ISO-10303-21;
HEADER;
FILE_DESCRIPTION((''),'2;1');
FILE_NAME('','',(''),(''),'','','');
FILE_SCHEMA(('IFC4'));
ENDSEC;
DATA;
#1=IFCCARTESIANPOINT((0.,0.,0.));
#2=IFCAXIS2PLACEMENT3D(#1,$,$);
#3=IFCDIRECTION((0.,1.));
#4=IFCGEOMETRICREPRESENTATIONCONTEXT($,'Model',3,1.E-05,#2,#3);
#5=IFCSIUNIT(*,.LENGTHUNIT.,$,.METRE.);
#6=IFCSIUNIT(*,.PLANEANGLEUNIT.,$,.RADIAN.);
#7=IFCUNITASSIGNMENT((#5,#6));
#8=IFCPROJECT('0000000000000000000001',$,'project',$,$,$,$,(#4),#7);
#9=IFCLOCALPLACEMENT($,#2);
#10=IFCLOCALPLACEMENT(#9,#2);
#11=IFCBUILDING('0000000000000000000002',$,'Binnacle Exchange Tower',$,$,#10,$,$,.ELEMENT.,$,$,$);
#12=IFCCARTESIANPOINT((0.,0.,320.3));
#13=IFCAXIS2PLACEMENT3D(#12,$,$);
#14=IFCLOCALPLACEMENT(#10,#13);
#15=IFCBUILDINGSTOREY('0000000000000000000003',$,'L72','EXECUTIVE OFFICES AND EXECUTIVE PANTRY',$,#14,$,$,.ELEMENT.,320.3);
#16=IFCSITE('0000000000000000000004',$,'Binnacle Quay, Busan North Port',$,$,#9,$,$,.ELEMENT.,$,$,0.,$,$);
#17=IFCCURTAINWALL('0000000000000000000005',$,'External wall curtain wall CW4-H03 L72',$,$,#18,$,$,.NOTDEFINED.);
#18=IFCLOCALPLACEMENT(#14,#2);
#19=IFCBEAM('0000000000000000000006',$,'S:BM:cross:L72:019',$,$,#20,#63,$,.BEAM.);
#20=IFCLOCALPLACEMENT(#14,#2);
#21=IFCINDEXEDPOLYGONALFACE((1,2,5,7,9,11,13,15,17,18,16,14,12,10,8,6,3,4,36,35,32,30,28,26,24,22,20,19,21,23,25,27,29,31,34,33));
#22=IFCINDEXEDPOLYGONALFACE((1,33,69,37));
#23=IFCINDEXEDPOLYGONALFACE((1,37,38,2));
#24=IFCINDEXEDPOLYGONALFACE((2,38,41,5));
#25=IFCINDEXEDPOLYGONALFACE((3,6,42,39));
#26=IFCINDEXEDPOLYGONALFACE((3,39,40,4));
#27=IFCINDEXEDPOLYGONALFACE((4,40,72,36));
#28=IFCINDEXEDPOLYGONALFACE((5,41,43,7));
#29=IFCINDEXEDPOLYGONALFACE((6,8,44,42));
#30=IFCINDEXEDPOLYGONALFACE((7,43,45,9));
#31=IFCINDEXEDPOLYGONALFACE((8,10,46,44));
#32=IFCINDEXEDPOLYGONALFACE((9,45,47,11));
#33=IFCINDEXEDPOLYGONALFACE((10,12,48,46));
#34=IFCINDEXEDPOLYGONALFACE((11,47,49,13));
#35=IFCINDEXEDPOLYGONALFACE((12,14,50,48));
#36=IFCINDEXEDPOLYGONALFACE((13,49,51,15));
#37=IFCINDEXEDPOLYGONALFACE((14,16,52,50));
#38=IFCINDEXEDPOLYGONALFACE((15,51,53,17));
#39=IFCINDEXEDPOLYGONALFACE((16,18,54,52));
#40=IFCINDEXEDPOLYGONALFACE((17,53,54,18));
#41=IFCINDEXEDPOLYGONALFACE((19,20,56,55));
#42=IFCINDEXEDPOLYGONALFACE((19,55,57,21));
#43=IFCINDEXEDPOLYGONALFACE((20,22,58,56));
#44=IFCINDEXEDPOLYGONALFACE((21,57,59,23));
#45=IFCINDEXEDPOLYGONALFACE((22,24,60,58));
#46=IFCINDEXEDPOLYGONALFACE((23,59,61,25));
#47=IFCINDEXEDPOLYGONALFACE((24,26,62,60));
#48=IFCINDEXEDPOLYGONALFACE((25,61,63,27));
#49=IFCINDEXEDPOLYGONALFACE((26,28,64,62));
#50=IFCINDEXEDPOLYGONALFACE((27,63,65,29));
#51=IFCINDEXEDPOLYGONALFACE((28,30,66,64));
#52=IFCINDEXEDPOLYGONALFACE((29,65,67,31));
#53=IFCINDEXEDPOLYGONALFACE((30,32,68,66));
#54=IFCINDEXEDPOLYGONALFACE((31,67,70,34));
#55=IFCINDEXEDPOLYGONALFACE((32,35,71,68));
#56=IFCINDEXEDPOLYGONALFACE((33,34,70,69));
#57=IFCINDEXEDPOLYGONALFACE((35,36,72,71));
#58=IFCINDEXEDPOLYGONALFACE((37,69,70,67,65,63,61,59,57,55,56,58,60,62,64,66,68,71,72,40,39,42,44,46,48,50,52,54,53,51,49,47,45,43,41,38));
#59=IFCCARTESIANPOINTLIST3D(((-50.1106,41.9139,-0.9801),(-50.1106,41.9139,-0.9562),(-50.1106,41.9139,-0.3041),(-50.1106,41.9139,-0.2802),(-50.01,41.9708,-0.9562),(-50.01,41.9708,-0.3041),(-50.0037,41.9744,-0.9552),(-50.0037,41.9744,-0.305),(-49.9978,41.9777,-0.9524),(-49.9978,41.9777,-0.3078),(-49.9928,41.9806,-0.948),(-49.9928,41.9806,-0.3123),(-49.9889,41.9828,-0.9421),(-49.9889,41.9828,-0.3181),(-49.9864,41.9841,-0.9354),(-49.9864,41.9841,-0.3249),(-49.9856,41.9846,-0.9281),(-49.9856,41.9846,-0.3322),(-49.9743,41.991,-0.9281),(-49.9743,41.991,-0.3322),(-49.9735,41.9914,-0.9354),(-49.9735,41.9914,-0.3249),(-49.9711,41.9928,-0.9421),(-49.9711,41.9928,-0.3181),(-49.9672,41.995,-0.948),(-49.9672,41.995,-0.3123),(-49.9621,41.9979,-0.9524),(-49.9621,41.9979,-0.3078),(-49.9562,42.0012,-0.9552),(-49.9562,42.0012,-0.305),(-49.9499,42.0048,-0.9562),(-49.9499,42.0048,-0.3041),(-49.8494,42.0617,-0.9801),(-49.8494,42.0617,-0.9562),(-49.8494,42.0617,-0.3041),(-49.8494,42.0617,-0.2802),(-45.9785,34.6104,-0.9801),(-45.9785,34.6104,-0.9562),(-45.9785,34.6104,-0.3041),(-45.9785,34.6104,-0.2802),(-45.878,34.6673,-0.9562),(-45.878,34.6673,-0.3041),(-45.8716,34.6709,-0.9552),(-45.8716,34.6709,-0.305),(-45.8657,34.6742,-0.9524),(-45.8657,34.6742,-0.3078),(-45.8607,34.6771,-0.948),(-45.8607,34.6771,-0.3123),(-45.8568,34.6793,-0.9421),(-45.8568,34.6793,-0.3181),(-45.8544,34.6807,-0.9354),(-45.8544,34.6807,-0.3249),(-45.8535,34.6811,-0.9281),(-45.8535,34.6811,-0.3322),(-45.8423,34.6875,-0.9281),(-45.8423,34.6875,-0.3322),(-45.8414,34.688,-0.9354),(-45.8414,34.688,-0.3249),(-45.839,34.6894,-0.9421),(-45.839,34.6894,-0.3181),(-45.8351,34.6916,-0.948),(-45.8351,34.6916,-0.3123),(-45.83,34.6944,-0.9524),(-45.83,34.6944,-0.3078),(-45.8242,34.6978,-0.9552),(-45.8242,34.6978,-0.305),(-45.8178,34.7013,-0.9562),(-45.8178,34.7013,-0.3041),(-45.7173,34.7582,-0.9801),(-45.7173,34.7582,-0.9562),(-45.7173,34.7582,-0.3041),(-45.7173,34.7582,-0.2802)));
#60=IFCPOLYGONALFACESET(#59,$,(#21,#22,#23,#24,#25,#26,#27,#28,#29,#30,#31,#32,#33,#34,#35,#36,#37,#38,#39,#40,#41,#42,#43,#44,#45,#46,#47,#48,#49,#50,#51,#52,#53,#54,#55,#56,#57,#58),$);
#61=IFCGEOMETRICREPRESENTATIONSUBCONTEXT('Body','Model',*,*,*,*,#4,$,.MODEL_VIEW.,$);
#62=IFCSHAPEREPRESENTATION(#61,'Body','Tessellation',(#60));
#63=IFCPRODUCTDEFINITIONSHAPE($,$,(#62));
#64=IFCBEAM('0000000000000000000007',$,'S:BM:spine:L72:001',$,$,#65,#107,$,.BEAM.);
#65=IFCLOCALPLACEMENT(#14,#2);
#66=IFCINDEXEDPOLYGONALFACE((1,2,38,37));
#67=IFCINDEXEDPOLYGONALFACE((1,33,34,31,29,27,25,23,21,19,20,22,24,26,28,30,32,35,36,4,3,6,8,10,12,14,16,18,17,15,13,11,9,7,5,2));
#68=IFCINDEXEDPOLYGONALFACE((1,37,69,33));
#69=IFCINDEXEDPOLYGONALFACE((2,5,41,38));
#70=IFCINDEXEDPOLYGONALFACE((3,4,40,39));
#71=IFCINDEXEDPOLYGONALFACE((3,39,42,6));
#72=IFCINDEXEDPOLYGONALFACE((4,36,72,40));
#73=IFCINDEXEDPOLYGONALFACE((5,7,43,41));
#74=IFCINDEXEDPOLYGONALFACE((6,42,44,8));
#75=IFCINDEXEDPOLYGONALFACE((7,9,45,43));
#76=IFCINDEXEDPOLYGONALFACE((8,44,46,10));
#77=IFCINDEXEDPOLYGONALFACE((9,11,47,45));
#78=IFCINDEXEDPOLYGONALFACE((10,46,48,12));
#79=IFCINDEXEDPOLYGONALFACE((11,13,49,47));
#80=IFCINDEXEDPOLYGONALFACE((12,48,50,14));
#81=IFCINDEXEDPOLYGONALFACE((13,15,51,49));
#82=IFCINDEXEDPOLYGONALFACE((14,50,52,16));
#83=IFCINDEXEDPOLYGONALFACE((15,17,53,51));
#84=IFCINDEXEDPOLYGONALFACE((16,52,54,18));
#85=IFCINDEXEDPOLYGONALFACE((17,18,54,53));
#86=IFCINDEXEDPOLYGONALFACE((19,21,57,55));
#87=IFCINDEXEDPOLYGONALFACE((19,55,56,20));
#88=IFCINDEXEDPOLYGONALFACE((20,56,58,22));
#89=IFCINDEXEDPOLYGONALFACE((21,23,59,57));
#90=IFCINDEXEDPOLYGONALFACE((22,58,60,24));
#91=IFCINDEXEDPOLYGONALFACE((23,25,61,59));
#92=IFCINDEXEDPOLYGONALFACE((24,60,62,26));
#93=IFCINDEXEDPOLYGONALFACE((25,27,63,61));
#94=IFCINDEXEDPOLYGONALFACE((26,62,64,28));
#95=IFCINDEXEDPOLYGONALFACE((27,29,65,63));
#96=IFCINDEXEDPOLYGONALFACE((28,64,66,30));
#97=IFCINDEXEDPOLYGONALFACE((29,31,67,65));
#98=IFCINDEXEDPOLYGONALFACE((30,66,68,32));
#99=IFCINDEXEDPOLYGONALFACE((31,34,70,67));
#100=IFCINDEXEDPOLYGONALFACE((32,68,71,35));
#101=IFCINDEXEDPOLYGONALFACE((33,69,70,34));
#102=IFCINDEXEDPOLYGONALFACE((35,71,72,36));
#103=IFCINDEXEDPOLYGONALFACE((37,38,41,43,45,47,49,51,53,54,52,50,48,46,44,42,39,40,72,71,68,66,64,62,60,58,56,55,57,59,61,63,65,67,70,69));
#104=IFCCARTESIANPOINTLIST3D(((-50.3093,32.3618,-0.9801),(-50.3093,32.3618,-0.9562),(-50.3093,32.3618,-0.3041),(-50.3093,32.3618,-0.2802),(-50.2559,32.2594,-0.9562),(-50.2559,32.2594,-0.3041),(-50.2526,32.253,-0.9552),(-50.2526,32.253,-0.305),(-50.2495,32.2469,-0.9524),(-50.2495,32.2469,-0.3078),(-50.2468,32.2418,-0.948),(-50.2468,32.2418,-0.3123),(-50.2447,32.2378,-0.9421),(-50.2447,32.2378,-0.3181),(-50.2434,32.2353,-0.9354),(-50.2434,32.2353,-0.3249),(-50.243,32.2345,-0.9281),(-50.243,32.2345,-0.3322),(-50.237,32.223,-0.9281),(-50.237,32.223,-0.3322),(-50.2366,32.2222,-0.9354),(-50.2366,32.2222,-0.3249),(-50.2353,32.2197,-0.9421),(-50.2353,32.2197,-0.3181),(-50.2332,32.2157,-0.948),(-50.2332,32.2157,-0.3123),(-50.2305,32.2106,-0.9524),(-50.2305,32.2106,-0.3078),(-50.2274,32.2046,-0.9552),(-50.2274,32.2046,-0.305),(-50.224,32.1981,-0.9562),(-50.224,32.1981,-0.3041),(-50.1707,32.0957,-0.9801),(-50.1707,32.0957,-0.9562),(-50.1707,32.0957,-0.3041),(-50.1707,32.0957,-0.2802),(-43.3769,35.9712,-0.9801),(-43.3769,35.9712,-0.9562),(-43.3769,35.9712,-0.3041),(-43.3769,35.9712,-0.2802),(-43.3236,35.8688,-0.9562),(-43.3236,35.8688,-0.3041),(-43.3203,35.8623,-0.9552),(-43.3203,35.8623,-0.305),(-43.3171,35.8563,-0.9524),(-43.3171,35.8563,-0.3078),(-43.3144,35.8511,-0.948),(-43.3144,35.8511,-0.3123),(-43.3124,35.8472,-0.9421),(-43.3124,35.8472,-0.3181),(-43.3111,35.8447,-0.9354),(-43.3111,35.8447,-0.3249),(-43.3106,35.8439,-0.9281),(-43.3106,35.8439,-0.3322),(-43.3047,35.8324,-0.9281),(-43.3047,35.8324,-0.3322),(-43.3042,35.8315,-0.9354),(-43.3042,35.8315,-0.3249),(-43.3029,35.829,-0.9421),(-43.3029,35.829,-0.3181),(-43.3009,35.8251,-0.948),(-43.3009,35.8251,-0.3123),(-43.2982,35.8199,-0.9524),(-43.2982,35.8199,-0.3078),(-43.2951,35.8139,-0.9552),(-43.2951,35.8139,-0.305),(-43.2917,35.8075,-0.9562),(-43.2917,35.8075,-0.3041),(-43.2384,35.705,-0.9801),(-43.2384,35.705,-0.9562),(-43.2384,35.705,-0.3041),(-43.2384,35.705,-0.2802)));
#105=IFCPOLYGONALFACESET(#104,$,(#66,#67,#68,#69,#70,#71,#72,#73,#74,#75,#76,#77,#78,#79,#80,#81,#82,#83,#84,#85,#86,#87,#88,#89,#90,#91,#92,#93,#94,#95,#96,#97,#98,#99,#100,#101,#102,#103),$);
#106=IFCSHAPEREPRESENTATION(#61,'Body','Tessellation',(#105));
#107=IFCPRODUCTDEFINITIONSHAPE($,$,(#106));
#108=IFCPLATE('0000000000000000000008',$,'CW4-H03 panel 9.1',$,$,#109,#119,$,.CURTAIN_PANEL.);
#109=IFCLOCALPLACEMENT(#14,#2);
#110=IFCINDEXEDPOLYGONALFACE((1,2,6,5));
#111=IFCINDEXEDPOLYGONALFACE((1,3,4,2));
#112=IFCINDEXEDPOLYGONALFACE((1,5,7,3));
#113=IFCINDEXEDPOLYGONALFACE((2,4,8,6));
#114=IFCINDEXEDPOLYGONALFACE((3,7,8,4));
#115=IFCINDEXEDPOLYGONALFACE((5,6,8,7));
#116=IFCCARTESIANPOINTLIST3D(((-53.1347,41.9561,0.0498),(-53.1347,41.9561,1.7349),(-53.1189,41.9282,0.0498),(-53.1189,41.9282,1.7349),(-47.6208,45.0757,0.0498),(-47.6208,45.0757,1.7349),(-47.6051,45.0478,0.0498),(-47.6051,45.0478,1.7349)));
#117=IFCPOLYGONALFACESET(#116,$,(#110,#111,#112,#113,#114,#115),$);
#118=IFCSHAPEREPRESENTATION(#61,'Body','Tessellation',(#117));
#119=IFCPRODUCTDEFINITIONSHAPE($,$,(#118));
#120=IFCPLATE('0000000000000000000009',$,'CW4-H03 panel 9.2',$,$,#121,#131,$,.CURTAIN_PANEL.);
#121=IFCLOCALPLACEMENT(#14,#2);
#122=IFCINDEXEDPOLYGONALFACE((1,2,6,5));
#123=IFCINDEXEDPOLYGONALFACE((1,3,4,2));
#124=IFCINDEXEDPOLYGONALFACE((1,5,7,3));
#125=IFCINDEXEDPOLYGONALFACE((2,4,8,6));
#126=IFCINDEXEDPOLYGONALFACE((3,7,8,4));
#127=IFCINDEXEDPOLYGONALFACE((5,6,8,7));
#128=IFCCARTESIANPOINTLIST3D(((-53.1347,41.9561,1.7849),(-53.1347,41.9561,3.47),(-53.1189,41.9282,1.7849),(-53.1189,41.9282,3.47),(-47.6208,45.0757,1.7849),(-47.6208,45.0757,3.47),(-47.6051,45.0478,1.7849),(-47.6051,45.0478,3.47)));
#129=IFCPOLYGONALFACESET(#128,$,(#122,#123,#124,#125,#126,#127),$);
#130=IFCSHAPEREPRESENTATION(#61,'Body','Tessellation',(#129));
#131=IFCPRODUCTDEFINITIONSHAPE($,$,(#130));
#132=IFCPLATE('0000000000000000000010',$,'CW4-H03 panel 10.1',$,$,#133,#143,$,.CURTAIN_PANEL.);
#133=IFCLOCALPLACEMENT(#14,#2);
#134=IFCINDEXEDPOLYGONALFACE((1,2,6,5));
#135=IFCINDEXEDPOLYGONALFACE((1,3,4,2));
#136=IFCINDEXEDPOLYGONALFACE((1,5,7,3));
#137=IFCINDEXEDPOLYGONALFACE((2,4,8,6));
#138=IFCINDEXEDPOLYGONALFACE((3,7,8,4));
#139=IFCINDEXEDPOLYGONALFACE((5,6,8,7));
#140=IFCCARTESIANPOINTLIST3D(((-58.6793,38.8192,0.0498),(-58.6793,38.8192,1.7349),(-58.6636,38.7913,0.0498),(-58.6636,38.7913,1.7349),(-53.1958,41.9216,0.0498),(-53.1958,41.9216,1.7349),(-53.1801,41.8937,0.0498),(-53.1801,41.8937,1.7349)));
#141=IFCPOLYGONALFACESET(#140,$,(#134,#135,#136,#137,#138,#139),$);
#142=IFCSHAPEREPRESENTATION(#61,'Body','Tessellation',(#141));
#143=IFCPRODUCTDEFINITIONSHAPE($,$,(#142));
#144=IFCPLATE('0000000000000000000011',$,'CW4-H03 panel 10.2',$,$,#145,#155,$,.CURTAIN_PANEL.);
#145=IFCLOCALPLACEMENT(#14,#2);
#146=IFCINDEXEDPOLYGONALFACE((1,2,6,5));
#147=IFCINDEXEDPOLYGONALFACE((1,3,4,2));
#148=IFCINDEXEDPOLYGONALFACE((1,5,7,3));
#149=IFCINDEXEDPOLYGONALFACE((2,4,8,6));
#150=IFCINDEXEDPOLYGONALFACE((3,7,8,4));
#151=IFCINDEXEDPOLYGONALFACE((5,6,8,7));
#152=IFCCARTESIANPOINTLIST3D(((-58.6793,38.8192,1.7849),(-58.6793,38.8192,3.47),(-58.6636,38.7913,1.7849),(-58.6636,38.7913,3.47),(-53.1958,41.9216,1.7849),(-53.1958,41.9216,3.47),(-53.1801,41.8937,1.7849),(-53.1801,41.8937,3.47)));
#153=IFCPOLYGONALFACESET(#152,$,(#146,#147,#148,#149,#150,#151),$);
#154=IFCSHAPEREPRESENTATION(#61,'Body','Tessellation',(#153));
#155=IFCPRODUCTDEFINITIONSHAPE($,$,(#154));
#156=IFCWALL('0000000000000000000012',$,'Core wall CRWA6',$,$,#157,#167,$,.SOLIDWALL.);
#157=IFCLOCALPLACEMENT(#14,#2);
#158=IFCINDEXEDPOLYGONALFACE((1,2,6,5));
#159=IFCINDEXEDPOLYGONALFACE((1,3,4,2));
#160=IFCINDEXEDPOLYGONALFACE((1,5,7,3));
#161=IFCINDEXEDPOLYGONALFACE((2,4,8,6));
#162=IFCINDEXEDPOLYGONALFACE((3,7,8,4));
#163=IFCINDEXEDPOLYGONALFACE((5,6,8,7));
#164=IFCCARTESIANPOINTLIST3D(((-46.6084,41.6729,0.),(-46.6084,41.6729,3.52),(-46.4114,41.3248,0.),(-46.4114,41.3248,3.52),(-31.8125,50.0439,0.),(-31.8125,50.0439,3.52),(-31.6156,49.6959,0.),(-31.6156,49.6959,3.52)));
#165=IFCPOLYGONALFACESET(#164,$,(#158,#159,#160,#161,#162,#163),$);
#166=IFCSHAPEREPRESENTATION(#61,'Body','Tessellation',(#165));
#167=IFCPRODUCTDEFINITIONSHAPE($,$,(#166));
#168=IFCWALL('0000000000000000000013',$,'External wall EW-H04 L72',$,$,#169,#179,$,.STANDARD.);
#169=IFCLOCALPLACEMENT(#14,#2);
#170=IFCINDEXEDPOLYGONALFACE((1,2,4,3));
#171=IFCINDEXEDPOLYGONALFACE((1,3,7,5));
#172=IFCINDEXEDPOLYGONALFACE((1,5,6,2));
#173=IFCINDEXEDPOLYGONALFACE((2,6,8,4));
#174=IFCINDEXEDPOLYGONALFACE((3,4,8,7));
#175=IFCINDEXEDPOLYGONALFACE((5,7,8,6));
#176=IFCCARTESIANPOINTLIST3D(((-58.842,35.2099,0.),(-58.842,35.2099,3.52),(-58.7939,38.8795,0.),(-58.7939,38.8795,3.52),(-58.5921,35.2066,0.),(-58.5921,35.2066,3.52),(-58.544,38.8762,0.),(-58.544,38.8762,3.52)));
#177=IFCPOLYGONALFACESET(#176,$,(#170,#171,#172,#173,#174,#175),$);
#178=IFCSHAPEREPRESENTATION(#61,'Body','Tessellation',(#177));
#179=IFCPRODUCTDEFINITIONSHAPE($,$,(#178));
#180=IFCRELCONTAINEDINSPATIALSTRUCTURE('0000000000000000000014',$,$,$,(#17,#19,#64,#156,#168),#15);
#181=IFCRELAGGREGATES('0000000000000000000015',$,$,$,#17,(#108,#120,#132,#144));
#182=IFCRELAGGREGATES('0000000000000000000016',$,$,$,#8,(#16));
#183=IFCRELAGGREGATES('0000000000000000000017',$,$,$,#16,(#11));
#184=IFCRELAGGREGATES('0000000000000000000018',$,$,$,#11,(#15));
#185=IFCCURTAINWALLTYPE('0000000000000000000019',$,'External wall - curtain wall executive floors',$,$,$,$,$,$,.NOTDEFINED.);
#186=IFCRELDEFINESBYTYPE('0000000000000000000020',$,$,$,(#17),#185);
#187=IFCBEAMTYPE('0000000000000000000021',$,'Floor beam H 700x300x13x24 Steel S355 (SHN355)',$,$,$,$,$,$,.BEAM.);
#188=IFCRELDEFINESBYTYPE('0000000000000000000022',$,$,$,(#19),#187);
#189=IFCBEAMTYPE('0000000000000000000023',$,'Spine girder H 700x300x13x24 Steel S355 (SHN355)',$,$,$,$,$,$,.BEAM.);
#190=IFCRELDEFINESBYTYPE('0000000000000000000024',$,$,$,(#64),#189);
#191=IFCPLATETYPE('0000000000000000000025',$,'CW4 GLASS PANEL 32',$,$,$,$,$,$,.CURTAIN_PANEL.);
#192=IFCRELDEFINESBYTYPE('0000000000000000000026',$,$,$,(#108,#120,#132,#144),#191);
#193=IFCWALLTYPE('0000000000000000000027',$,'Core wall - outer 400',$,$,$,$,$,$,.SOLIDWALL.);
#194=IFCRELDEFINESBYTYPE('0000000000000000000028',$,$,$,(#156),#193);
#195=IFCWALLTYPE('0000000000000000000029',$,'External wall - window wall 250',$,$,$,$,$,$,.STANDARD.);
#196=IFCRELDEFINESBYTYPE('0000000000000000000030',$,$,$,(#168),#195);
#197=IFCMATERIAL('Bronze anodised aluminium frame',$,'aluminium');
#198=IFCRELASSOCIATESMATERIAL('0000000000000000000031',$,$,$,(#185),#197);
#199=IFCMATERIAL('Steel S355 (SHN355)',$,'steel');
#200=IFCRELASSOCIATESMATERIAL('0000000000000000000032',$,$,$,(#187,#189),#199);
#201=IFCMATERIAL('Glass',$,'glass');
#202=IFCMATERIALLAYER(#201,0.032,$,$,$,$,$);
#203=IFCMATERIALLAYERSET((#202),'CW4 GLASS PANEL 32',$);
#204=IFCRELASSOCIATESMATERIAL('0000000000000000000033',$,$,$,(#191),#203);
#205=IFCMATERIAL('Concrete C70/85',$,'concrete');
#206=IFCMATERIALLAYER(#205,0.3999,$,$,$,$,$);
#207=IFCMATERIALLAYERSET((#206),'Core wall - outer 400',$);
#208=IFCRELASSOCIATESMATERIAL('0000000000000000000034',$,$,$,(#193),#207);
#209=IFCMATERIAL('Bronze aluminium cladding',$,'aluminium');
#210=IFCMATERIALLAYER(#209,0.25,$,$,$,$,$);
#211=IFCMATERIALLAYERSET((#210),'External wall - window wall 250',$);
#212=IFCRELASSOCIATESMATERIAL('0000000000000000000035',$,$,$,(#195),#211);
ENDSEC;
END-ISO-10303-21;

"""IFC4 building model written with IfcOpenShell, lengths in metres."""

from ifc_helpers import new_model, si_unit, direction, frame, frame_2d, origin, origin_2d, place, context, subcontext, project, spatial, rectangle, i_section, extrude, material, layer, layer_set, material_profile, profile_set, type_object, element, aggregate, save


model = new_model("IFC4")

# Units and contexts
model_context = context("Model", 3, precision=1e-05, world=origin(), true_north=direction((0.0, 1.0)))
body_context = subcontext(model_context, "Body", "Model", "MODEL_VIEW")
ifc_project = project(units=[si_unit("LENGTHUNIT", "METRE"), si_unit("PLANEANGLEUNIT", "RADIAN")], contexts=[model_context])

# Site, building, storey
site_placement = place(None, origin())
site = spatial("IfcSite", under=ifc_project, at=site_placement, Name="Binnacle Quay, Busan North Port", CompositionType="ELEMENT", RefElevation=0.0)
building_placement = place(site_placement, origin())
building = spatial("IfcBuilding", under=site, at=building_placement, Name="Binnacle Exchange Tower", CompositionType="ELEMENT")
storey_placement = place(building_placement, frame((0.0, 0.0, 320.3)))
storey = spatial("IfcBuildingStorey", under=building, at=storey_placement, Name="L72", Description="EXECUTIVE OFFICES AND EXECUTIVE PANTRY", CompositionType="ELEMENT", Elevation=320.3)

# Curtain wall
ifc_material_1 = material(Name="Bronze anodised aluminium frame", Category="aluminium")
curtain_wall_type = type_object("IfcCurtainWallType", Name="External wall - curtain wall executive floors", PredefinedType="NOTDEFINED", material=ifc_material_1)
curtain_wall_placement = place(storey_placement, origin())
curtain_wall = element("IfcCurtainWall", 1, at=curtain_wall_placement, inside=storey, type_object=curtain_wall_type, Name="External wall curtain wall CW4-H03 L72", PredefinedType="NOTDEFINED")

# Beams
ifc_material_2 = material(Name="Steel S355 (SHN355)", Category="steel")
ifc_material_profile_1 = material_profile(ifc_material_2, i_section(OverallWidth=0.3, OverallDepth=0.7, WebThickness=0.0129, FlangeThickness=0.0239, FilletRadius=0.0281, at=origin_2d()), Name="H 700x300x13x24")
ifc_profile_set_1 = profile_set([ifc_material_profile_1], Name="Steel S355 (SHN355)")
beam_type_1 = type_object("IfcBeamType", Name="Floor beam H 700x300x13x24 Steel S355 (SHN355)", PredefinedType="BEAM", material=ifc_profile_set_1)
beam_1_placement = place(storey_placement, frame((-49.98, 41.9878, -0.6301), z_axis=(0.492422, -0.870357, 0.0), x_axis=(0.870357, 0.492422, 0.0)))
element("IfcBeam", 2, at=beam_1_placement, inside=storey, type_object=beam_type_1, Name="S:BM:cross:L72:019", PredefinedType="BEAM", context=body_context, shape_type="SweptSolid", body=[
    extrude(i_section(OverallWidth=0.3, OverallDepth=0.7, WebThickness=0.0129, FlangeThickness=0.0239, FilletRadius=0.0281, at=origin_2d()), origin(), (0.0, 0.0, 1.0), 8.3914),
])
ifc_material_profile_2 = material_profile(ifc_material_2, i_section(OverallWidth=0.3, OverallDepth=0.7, WebThickness=0.0129, FlangeThickness=0.0239, FilletRadius=0.0281, at=origin_2d()), Name="H 700x300x13x24")
ifc_profile_set_2 = profile_set([ifc_material_profile_2], Name="Steel S355 (SHN355)")
beam_type_2 = type_object("IfcBeamType", Name="Spine girder H 700x300x13x24 Steel S355 (SHN355)", PredefinedType="BEAM", material=ifc_profile_set_2)
beam_2_placement = place(storey_placement, frame((-50.24, 32.2288, -0.6301), z_axis=(0.886979, 0.46181, 0.0), x_axis=(-0.46181, 0.886979, 0.0)))
element("IfcBeam", 3, at=beam_2_placement, inside=storey, type_object=beam_type_2, Name="S:BM:spine:L72:001", PredefinedType="BEAM", context=body_context, shape_type="SweptSolid", body=[
    extrude(i_section(OverallWidth=0.3, OverallDepth=0.7, WebThickness=0.0129, FlangeThickness=0.0239, FilletRadius=0.0281, at=origin_2d()), origin(), (0.0, 0.0, 1.0), 7.8157),
])

# Plates
ifc_material_3 = material(Name="Glass", Category="glass")
ifc_layer_1 = layer(ifc_material_3, 0.032)
ifc_layer_set_1 = layer_set([ifc_layer_1], Name="CW4 GLASS PANEL 32")
plate_type = type_object("IfcPlateType", Name="CW4 GLASS PANEL 32", PredefinedType="CURTAIN_PANEL", material=ifc_layer_set_1)
plate_1_placement = place(storey_placement, frame((-50.3699, 43.502, 0.0498), z_axis=(0.0, 0.0, 1.0), x_axis=(-0.870356, -0.492424, 0.0)))
plate_1 = element("IfcPlate", 4, at=plate_1_placement, type_object=plate_type, Name="CW4-H03 panel 9.1", PredefinedType="CURTAIN_PANEL", context=body_context, shape_type="SweptSolid", body=[
    extrude(rectangle(XDim=6.3352, YDim=0.032, at=origin_2d()), origin(), (0.0, 0.0, 1.0), 1.6851),
])
plate_2_placement = place(storey_placement, frame((-50.3699, 43.502, 1.7849), z_axis=(0.0, 0.0, 1.0), x_axis=(-0.870356, -0.492424, 0.0)))
plate_2 = element("IfcPlate", 5, at=plate_2_placement, type_object=plate_type, Name="CW4-H03 panel 9.2", PredefinedType="CURTAIN_PANEL", context=body_context, shape_type="SweptSolid", body=[
    extrude(rectangle(XDim=6.3352, YDim=0.032, at=origin_2d()), origin(), (0.0, 0.0, 1.0), 1.6851),
])
plate_3_placement = place(storey_placement, frame((-55.9297, 40.3564, 0.0498), z_axis=(0.0, 0.0, 1.0), x_axis=(-0.870356, -0.492424, 0.0)))
plate_3 = element("IfcPlate", 6, at=plate_3_placement, type_object=plate_type, Name="CW4-H03 panel 10.1", PredefinedType="CURTAIN_PANEL", context=body_context, shape_type="SweptSolid", body=[
    extrude(rectangle(XDim=6.3003, YDim=0.032, at=origin_2d()), origin(), (0.0, 0.0, 1.0), 1.6851),
])
plate_4_placement = place(storey_placement, frame((-55.9297, 40.3564, 1.7849), z_axis=(0.0, 0.0, 1.0), x_axis=(-0.870356, -0.492424, 0.0)))
plate_4 = element("IfcPlate", 7, at=plate_4_placement, type_object=plate_type, Name="CW4-H03 panel 10.2", PredefinedType="CURTAIN_PANEL", context=body_context, shape_type="SweptSolid", body=[
    extrude(rectangle(XDim=6.3003, YDim=0.032, at=origin_2d()), origin(), (0.0, 0.0, 1.0), 1.6851),
])
aggregate(curtain_wall, [plate_1, plate_2, plate_3, plate_4])

# Walls
ifc_material_4 = material(Name="Concrete C70/85", Category="concrete")
ifc_layer_2 = layer(ifc_material_4, 0.3999)
ifc_layer_set_2 = layer_set([ifc_layer_2], Name="Core wall - outer 400")
wall_type_1 = type_object("IfcWallType", Name="Core wall - outer 400", PredefinedType="SOLIDWALL", material=ifc_layer_set_2)
wall_1_placement = place(storey_placement, frame((-46.51, 41.4988, 0.0), z_axis=(0.0, 0.0, 1.0), x_axis=(0.870356, 0.492423, 0.0)))
element("IfcWall", 8, at=wall_1_placement, inside=storey, type_object=wall_type_1, Name="Core wall CRWA6", PredefinedType="SOLIDWALL", context=body_context, shape_type="SweptSolid", body=[
    extrude(rectangle(XDim=16.9998, YDim=0.3999, at=frame_2d((8.5, 0.0))), origin(), (0.0, 0.0, 1.0), 3.52),
])
ifc_material_5 = material(Name="Bronze aluminium cladding", Category="aluminium")
ifc_layer_3 = layer(ifc_material_5, 0.25)
ifc_layer_set_3 = layer_set([ifc_layer_3], Name="External wall - window wall 250")
wall_type_2 = type_object("IfcWallType", Name="External wall - window wall 250", PredefinedType="STANDARD", material=ifc_layer_set_3)
wall_2_placement = place(storey_placement, frame((-58.717, 35.2083, 0.0), z_axis=(0.0, 0.0, 1.0), x_axis=(0.013105, 0.999914, 0.0)))
element("IfcWall", 9, at=wall_2_placement, inside=storey, type_object=wall_type_2, Name="External wall EW-H04 L72", PredefinedType="STANDARD", context=body_context, shape_type="SweptSolid", body=[
    extrude(rectangle(XDim=3.6699, YDim=0.25, at=frame_2d((1.835, 0.0))), origin(), (0.0, 0.0, 1.0), 3.52),
])

save(model, "model.ifc")
